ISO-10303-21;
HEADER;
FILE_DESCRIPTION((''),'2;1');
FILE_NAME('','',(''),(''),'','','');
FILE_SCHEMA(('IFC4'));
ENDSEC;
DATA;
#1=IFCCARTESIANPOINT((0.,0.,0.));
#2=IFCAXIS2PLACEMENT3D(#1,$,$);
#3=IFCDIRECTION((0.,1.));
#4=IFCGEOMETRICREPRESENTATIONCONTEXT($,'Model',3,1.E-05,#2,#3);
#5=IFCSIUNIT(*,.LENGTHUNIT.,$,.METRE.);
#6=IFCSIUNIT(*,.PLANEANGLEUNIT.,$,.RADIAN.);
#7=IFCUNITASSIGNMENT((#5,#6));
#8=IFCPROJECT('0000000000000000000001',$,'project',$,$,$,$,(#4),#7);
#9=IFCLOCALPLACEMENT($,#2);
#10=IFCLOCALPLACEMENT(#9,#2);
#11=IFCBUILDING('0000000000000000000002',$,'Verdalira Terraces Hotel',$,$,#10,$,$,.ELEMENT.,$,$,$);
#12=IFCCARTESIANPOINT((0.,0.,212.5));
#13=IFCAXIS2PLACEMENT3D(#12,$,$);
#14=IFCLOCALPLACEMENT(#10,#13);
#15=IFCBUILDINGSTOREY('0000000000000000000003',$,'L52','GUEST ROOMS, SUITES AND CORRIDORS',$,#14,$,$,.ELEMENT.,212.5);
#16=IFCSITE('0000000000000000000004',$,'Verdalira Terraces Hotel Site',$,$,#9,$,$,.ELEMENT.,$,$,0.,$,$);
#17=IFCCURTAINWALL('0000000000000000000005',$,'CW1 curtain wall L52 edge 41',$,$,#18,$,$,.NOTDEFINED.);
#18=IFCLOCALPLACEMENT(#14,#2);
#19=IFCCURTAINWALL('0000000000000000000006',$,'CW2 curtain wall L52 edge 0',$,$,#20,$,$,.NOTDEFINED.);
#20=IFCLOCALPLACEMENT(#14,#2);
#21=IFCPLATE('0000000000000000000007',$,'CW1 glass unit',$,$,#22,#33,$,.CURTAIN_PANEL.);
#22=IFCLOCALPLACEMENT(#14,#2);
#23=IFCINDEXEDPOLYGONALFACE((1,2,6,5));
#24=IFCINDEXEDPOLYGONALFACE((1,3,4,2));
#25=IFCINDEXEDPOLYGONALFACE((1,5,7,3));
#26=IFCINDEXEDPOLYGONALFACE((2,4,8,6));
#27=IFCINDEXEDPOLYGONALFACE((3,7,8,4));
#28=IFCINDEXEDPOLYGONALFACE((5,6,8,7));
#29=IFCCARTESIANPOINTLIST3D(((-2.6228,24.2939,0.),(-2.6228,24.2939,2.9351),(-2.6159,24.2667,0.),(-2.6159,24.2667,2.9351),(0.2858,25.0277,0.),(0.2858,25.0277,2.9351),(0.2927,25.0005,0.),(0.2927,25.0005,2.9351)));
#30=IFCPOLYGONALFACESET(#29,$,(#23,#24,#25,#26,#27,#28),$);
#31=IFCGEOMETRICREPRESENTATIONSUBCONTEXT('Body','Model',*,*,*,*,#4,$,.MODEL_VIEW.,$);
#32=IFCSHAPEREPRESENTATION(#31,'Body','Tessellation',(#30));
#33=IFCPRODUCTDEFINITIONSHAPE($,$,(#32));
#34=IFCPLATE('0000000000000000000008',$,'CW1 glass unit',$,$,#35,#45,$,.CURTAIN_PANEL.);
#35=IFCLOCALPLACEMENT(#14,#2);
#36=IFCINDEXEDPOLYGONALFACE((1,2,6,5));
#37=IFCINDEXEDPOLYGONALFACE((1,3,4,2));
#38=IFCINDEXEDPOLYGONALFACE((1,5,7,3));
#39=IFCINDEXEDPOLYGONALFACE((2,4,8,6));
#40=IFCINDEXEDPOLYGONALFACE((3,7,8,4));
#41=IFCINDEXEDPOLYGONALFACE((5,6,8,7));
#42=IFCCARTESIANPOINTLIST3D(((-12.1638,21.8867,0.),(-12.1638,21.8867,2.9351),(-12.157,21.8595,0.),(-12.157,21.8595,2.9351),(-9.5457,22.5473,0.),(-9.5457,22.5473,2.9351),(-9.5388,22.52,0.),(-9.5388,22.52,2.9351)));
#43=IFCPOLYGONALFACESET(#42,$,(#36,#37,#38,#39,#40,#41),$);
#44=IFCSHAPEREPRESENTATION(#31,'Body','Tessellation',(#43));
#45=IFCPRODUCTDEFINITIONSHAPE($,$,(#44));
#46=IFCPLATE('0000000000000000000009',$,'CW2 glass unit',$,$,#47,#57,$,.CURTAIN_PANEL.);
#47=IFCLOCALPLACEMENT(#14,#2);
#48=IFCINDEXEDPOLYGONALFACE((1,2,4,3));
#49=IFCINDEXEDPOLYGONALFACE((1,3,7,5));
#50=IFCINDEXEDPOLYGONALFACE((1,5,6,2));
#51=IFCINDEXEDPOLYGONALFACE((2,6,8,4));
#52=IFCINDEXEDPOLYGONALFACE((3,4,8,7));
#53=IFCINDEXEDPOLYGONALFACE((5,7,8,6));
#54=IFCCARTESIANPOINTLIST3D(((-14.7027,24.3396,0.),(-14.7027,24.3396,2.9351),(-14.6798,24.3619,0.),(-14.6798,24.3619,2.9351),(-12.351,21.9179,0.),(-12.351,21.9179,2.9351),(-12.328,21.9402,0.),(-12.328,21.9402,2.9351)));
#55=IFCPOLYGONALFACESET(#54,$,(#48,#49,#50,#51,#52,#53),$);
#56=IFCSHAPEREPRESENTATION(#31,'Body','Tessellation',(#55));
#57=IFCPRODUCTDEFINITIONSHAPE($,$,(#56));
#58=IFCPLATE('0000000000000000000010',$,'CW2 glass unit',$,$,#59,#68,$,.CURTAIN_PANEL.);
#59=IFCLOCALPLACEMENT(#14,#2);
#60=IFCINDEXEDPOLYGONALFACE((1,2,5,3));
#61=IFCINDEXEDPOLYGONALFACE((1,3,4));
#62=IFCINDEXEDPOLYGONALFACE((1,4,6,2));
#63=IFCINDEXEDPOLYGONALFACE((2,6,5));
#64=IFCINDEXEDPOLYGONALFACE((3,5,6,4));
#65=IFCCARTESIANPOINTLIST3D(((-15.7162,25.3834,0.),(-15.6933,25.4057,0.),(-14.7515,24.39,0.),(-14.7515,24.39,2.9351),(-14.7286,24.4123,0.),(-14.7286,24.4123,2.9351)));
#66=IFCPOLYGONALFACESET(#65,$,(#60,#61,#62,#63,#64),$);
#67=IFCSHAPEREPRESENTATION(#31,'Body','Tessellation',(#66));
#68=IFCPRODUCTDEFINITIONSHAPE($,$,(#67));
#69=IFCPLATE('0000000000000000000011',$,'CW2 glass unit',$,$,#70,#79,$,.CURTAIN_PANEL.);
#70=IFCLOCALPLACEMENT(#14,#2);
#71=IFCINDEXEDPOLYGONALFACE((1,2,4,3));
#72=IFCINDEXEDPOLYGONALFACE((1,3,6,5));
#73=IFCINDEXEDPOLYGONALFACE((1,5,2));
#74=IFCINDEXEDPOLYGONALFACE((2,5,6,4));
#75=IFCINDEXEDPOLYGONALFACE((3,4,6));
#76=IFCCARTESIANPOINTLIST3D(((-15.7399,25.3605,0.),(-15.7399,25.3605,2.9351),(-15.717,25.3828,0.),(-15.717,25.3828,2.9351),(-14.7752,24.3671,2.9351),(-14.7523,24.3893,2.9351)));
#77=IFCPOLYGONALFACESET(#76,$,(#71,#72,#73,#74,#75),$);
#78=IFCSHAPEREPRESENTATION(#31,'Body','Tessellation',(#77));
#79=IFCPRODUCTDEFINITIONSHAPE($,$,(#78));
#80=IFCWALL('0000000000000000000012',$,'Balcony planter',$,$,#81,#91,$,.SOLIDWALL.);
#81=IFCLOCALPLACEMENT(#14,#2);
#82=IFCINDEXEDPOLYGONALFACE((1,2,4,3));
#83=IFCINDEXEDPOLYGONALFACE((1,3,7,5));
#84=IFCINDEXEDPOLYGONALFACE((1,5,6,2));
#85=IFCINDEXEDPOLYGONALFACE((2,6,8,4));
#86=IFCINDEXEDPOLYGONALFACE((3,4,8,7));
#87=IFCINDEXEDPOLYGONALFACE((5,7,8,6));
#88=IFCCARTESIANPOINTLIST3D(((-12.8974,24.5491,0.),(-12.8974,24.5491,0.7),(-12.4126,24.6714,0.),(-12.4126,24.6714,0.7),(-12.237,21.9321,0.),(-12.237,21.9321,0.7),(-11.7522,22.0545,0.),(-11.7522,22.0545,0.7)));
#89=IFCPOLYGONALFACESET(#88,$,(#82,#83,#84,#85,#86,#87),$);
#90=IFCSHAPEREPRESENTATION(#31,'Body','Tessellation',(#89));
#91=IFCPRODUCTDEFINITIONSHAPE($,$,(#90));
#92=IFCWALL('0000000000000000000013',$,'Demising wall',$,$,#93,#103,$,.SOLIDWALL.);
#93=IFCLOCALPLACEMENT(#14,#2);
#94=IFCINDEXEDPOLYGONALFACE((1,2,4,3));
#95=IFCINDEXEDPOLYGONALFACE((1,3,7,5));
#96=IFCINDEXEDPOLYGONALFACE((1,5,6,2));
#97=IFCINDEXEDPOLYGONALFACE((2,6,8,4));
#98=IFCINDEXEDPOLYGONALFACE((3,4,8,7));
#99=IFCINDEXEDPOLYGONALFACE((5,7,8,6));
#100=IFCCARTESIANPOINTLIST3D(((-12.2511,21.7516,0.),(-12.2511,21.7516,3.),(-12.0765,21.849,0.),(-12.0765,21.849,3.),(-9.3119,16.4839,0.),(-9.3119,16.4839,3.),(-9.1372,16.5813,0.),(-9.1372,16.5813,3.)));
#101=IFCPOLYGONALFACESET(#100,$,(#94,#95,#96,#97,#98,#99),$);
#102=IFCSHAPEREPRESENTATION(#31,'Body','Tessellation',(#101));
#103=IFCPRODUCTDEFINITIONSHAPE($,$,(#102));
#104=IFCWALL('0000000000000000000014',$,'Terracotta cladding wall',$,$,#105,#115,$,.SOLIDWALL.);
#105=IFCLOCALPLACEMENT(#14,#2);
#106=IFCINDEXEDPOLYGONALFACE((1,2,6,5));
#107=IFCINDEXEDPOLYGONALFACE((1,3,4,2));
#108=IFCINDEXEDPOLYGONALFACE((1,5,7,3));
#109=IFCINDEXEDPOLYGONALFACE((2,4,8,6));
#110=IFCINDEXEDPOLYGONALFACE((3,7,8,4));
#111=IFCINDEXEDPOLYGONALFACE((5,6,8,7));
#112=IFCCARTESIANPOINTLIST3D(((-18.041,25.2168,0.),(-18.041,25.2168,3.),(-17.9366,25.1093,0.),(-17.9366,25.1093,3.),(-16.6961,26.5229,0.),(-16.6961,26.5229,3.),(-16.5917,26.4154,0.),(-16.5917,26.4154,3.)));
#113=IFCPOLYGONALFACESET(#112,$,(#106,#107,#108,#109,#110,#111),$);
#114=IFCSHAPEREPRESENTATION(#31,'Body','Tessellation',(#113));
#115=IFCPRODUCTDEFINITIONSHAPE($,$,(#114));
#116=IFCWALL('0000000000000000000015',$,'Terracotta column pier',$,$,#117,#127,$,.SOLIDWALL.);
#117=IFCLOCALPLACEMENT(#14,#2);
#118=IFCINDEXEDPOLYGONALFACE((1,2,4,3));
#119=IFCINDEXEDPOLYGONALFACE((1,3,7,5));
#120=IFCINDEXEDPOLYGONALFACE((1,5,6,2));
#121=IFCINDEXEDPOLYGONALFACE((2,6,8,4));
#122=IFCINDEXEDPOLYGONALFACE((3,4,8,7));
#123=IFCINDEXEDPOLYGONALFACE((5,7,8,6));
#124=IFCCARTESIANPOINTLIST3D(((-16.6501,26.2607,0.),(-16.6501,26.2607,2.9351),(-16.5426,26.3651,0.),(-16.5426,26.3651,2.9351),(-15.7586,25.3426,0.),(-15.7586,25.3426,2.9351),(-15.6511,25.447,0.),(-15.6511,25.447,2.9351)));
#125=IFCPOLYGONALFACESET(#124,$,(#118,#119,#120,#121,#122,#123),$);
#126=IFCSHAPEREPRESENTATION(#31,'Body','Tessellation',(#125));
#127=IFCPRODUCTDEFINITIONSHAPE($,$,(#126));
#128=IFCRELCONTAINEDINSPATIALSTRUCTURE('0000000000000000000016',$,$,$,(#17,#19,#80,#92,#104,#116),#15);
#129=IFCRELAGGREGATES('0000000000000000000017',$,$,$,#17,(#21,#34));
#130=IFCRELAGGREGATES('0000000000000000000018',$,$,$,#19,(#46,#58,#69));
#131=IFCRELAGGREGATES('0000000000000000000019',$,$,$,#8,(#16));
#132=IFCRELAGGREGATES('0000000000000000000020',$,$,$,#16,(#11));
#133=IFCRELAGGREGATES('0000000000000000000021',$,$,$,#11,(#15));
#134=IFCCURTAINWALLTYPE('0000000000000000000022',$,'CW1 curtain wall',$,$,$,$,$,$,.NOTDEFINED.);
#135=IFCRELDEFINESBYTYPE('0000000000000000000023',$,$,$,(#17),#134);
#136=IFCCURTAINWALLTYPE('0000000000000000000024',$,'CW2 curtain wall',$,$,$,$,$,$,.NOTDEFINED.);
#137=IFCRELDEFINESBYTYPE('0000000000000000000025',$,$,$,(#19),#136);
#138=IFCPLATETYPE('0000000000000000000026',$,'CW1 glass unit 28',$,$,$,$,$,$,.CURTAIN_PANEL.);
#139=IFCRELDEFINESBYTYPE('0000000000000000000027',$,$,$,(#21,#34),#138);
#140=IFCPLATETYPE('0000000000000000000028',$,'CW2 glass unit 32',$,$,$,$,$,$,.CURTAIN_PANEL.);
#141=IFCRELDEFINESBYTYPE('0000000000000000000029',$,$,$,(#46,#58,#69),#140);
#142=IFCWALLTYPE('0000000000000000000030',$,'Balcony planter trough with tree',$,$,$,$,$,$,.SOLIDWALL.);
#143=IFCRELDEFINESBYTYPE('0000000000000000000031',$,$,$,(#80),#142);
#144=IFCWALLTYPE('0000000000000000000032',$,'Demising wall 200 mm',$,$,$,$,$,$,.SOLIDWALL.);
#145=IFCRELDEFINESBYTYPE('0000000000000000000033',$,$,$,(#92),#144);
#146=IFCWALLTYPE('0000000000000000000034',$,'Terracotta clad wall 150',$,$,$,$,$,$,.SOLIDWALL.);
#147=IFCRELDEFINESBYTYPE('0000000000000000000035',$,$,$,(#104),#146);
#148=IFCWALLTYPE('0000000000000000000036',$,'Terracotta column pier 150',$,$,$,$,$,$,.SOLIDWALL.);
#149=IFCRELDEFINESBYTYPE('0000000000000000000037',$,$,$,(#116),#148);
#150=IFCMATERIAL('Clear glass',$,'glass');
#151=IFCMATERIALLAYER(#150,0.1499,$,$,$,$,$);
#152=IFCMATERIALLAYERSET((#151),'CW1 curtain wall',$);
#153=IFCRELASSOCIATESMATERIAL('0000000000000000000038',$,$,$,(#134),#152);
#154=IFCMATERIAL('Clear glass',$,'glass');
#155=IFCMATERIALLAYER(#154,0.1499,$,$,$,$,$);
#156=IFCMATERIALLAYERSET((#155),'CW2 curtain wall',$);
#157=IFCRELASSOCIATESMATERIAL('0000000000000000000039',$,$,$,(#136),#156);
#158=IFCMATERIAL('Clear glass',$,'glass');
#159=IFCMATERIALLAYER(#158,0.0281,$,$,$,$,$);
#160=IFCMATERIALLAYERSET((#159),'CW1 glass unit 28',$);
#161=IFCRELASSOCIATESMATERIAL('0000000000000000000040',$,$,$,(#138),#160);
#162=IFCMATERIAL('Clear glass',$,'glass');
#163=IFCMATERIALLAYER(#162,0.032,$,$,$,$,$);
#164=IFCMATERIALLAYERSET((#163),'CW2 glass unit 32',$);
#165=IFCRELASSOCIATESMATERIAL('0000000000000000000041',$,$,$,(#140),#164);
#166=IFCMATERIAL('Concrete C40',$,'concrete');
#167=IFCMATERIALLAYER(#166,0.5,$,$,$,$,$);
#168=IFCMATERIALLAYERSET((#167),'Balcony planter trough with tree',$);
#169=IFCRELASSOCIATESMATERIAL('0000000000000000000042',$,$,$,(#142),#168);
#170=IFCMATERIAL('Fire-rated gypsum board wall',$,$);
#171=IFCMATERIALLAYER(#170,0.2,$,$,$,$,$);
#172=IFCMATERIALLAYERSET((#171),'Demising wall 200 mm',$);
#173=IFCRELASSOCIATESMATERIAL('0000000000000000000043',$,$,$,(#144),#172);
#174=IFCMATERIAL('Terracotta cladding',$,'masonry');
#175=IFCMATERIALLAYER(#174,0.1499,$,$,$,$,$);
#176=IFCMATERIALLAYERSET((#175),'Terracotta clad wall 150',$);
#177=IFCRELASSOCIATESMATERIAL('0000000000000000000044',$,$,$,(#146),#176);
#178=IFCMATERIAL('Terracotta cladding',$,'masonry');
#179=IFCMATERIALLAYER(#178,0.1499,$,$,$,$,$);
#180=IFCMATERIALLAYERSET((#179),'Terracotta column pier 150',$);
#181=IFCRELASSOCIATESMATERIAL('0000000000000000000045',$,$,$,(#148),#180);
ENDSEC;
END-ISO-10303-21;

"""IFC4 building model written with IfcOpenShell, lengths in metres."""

from ifc_helpers import new_model, si_unit, direction, frame, frame_2d, origin, origin_2d, place, context, subcontext, project, spatial, polyline, rectangle, outline, extrude, material, layer, layer_set, type_object, element, aggregate, save


model = new_model("IFC4")

# Units and contexts
model_context = context("Model", 3, precision=1e-05, world=origin(), true_north=direction((0.0, 1.0)))
body_context = subcontext(model_context, "Body", "Model", "MODEL_VIEW")
ifc_project = project(units=[si_unit("LENGTHUNIT", "METRE"), si_unit("PLANEANGLEUNIT", "RADIAN")], contexts=[model_context])

# Site, building, storey
site_placement = place(None, origin())
site = spatial("IfcSite", under=ifc_project, at=site_placement, Name="Verdalira Terraces Hotel Site", CompositionType="ELEMENT", RefElevation=0.0)
building_placement = place(site_placement, origin())
building = spatial("IfcBuilding", under=site, at=building_placement, Name="Verdalira Terraces Hotel", CompositionType="ELEMENT")
storey_placement = place(building_placement, frame((0.0, 0.0, 212.5)))
storey = spatial("IfcBuildingStorey", under=building, at=storey_placement, Name="L52", Description="GUEST ROOMS, SUITES AND CORRIDORS", CompositionType="ELEMENT", Elevation=212.5)

# Curtain wall
ifc_material_1 = material(Name="Clear glass", Category="glass")
ifc_layer_1 = layer(ifc_material_1, 0.1499)
ifc_layer_set_1 = layer_set([ifc_layer_1], Name="CW1 curtain wall")
curtain_wall_type_1 = type_object("IfcCurtainWallType", Name="CW1 curtain wall", PredefinedType="NOTDEFINED", material=ifc_layer_set_1)
curtain_wall_1_placement = place(storey_placement, origin())
curtain_wall_1 = element("IfcCurtainWall", 1, at=curtain_wall_1_placement, inside=storey, type_object=curtain_wall_type_1, Name="CW1 curtain wall L52 edge 41", PredefinedType="NOTDEFINED")

# Curtain wall
ifc_material_2 = material(Name="Clear glass", Category="glass")
ifc_layer_2 = layer(ifc_material_2, 0.1499)
ifc_layer_set_2 = layer_set([ifc_layer_2], Name="CW2 curtain wall")
curtain_wall_type_2 = type_object("IfcCurtainWallType", Name="CW2 curtain wall", PredefinedType="NOTDEFINED", material=ifc_layer_set_2)
curtain_wall_2_placement = place(storey_placement, origin())
curtain_wall_2 = element("IfcCurtainWall", 2, at=curtain_wall_2_placement, inside=storey, type_object=curtain_wall_type_2, Name="CW2 curtain wall L52 edge 0", PredefinedType="NOTDEFINED")

# Plates
ifc_material_3 = material(Name="Clear glass", Category="glass")
ifc_layer_3 = layer(ifc_material_3, 0.0281)
ifc_layer_set_3 = layer_set([ifc_layer_3], Name="CW1 glass unit 28")
plate_type_1 = type_object("IfcPlateType", Name="CW1 glass unit 28", PredefinedType="CURTAIN_PANEL", material=ifc_layer_set_3)
plate_1_placement = place(storey_placement, frame((-1.165, 24.6472, 0.0), z_axis=(0.0, 0.0, 1.0), x_axis=(-0.969616, -0.244631, 0.0)))
plate_1 = element("IfcPlate", 3, at=plate_1_placement, type_object=plate_type_1, Name="CW1 glass unit", PredefinedType="CURTAIN_PANEL", context=body_context, shape_type="SweptSolid", body=[
    extrude(rectangle(XDim=2.9998, YDim=0.0281, at=origin_2d()), origin(), (0.0, 0.0, 1.0), 2.9351),
])
plate_2_placement = place(storey_placement, frame((-10.8513, 22.2034, 0.0), z_axis=(0.0, 0.0, 1.0), x_axis=(-0.969616, -0.244631, 0.0)))
plate_2 = element("IfcPlate", 4, at=plate_2_placement, type_object=plate_type_1, Name="CW1 glass unit", PredefinedType="CURTAIN_PANEL", context=body_context, shape_type="SweptSolid", body=[
    extrude(rectangle(XDim=2.7002, YDim=0.0281, at=origin_2d()), origin(), (0.0, 0.0, 1.0), 2.9351),
])
aggregate(curtain_wall_1, [plate_1, plate_2])
ifc_material_4 = material(Name="Clear glass", Category="glass")
ifc_layer_4 = layer(ifc_material_4, 0.032)
ifc_layer_set_4 = layer_set([ifc_layer_4], Name="CW2 glass unit 32")
plate_type_2 = type_object("IfcPlateType", Name="CW2 glass unit 32", PredefinedType="CURTAIN_PANEL", material=ifc_layer_set_4)
plate_3_placement = place(storey_placement, frame((-13.5154, 23.1399, 0.0), z_axis=(0.0, 0.0, 1.0), x_axis=(-0.696664, 0.717397, 0.0)))
plate_3 = element("IfcPlate", 5, at=plate_3_placement, type_object=plate_type_2, Name="CW2 glass unit", PredefinedType="CURTAIN_PANEL", context=body_context, shape_type="SweptSolid", body=[
    extrude(rectangle(XDim=3.3757, YDim=0.032, at=origin_2d()), origin(), (0.0, 0.0, 1.0), 2.9351),
])
plate_4_placement = place(storey_placement, frame((-15.2339, 24.8867, 1.4675), z_axis=(0.717397, 0.696664, 0.0), x_axis=(-0.696664, 0.717397, 0.0)))
plate_4 = element("IfcPlate", 6, at=plate_4_placement, type_object=plate_type_2, Name="CW2 glass unit", PredefinedType="CURTAIN_PANEL", context=body_context, shape_type="SweptSolid", body=[
    extrude(outline(polyline([(-0.6924, -1.4675), (0.6924, -1.4675), (-0.6924, 1.4675), (-0.6924, -1.4675)])), origin(), (0.0, 0.0, 1.0), 0.032),
])
plate_5_placement = place(storey_placement, frame((-15.2576, 24.8638, 1.4675), z_axis=(0.717397, 0.696664, 0.0), x_axis=(-0.696664, 0.717397, 0.0)))
plate_5 = element("IfcPlate", 7, at=plate_5_placement, type_object=plate_type_2, Name="CW2 glass unit", PredefinedType="CURTAIN_PANEL", context=body_context, shape_type="SweptSolid", body=[
    extrude(outline(polyline([(0.6924, -1.4675), (0.6924, 1.4675), (-0.6924, 1.4675), (0.6924, -1.4675)])), origin(), (0.0, 0.0, 1.0), 0.032),
])
aggregate(curtain_wall_2, [plate_3, plate_4, plate_5])

# Walls
ifc_material_5 = material(Name="Concrete C40", Category="concrete")
ifc_layer_5 = layer(ifc_material_5, 0.5)
ifc_layer_set_5 = layer_set([ifc_layer_5], Name="Balcony planter trough with tree")
wall_type_1 = type_object("IfcWallType", Name="Balcony planter trough with tree", PredefinedType="SOLIDWALL", material=ifc_layer_set_5)
wall_1_placement = place(storey_placement, frame((-12.655, 24.6104, 0.0), z_axis=(0.0, 0.0, 1.0), x_axis=(0.244685, -0.969603, 0.0)))
element("IfcWall", 8, at=wall_1_placement, inside=storey, type_object=wall_type_1, Name="Balcony planter", PredefinedType="SOLIDWALL", context=body_context, shape_type="SweptSolid", body=[
    extrude(rectangle(XDim=2.699, YDim=0.5, at=frame_2d((1.3496, 0.0))), origin(), (0.0, 0.0, 1.0), 0.7),
])
ifc_material_6 = material(Name="Fire-rated gypsum board wall")
ifc_layer_6 = layer(ifc_material_6, 0.2)
ifc_layer_set_6 = layer_set([ifc_layer_6], Name="Demising wall 200 mm")
wall_type_2 = type_object("IfcWallType", Name="Demising wall 200 mm", PredefinedType="SOLIDWALL", material=ifc_layer_set_6)
wall_2_placement = place(storey_placement, frame((-12.1638, 21.8003, 0.0), z_axis=(0.0, 0.0, 1.0), x_axis=(0.487261, -0.873257, 0.0)))
element("IfcWall", 9, at=wall_2_placement, inside=storey, type_object=wall_type_2, Name="Demising wall", PredefinedType="SOLIDWALL", context=body_context, shape_type="SweptSolid", body=[
    extrude(rectangle(XDim=6.0322, YDim=0.2, at=frame_2d((3.0161, 0.0))), origin(), (0.0, 0.0, 1.0), 3.0),
])
ifc_material_7 = material(Name="Terracotta cladding", Category="masonry")
ifc_layer_7 = layer(ifc_material_7, 0.1499)
ifc_layer_set_7 = layer_set([ifc_layer_7], Name="Terracotta clad wall 150")
wall_type_3 = type_object("IfcWallType", Name="Terracotta clad wall 150", PredefinedType="SOLIDWALL", material=ifc_layer_set_7)
wall_3_placement = place(storey_placement, frame((-16.6438, 26.4692, 0.0), z_axis=(0.0, 0.0, 1.0), x_axis=(-0.717384, -0.696678, 0.0)))
element("IfcWall", 10, at=wall_3_placement, inside=storey, type_object=wall_type_3, Name="Terracotta cladding wall", PredefinedType="SOLIDWALL", context=body_context, shape_type="SweptSolid", body=[
    extrude(rectangle(XDim=1.8748, YDim=0.1499, at=frame_2d((0.9375, 0.0))), origin(), (0.0, 0.0, 1.0), 3.0),
])
ifc_material_8 = material(Name="Terracotta cladding", Category="masonry")
ifc_layer_8 = layer(ifc_material_8, 0.1499)
ifc_layer_set_8 = layer_set([ifc_layer_8], Name="Terracotta column pier 150")
wall_type_4 = type_object("IfcWallType", Name="Terracotta column pier 150", PredefinedType="SOLIDWALL", material=ifc_layer_set_8)
wall_4_placement = place(storey_placement, frame((-15.7048, 25.3948, 0.0), z_axis=(0.0, 0.0, 1.0), x_axis=(-0.696634, 0.717426, 0.0)))
element("IfcWall", 11, at=wall_4_placement, inside=storey, type_object=wall_type_4, Name="Terracotta column pier", PredefinedType="SOLIDWALL", context=body_context, shape_type="SweptSolid", body=[
    extrude(rectangle(XDim=1.2798, YDim=0.1499, at=frame_2d((0.6399, 0.0))), origin(), (0.0, 0.0, 1.0), 2.9351),
])

save(model, "model.ifc")
